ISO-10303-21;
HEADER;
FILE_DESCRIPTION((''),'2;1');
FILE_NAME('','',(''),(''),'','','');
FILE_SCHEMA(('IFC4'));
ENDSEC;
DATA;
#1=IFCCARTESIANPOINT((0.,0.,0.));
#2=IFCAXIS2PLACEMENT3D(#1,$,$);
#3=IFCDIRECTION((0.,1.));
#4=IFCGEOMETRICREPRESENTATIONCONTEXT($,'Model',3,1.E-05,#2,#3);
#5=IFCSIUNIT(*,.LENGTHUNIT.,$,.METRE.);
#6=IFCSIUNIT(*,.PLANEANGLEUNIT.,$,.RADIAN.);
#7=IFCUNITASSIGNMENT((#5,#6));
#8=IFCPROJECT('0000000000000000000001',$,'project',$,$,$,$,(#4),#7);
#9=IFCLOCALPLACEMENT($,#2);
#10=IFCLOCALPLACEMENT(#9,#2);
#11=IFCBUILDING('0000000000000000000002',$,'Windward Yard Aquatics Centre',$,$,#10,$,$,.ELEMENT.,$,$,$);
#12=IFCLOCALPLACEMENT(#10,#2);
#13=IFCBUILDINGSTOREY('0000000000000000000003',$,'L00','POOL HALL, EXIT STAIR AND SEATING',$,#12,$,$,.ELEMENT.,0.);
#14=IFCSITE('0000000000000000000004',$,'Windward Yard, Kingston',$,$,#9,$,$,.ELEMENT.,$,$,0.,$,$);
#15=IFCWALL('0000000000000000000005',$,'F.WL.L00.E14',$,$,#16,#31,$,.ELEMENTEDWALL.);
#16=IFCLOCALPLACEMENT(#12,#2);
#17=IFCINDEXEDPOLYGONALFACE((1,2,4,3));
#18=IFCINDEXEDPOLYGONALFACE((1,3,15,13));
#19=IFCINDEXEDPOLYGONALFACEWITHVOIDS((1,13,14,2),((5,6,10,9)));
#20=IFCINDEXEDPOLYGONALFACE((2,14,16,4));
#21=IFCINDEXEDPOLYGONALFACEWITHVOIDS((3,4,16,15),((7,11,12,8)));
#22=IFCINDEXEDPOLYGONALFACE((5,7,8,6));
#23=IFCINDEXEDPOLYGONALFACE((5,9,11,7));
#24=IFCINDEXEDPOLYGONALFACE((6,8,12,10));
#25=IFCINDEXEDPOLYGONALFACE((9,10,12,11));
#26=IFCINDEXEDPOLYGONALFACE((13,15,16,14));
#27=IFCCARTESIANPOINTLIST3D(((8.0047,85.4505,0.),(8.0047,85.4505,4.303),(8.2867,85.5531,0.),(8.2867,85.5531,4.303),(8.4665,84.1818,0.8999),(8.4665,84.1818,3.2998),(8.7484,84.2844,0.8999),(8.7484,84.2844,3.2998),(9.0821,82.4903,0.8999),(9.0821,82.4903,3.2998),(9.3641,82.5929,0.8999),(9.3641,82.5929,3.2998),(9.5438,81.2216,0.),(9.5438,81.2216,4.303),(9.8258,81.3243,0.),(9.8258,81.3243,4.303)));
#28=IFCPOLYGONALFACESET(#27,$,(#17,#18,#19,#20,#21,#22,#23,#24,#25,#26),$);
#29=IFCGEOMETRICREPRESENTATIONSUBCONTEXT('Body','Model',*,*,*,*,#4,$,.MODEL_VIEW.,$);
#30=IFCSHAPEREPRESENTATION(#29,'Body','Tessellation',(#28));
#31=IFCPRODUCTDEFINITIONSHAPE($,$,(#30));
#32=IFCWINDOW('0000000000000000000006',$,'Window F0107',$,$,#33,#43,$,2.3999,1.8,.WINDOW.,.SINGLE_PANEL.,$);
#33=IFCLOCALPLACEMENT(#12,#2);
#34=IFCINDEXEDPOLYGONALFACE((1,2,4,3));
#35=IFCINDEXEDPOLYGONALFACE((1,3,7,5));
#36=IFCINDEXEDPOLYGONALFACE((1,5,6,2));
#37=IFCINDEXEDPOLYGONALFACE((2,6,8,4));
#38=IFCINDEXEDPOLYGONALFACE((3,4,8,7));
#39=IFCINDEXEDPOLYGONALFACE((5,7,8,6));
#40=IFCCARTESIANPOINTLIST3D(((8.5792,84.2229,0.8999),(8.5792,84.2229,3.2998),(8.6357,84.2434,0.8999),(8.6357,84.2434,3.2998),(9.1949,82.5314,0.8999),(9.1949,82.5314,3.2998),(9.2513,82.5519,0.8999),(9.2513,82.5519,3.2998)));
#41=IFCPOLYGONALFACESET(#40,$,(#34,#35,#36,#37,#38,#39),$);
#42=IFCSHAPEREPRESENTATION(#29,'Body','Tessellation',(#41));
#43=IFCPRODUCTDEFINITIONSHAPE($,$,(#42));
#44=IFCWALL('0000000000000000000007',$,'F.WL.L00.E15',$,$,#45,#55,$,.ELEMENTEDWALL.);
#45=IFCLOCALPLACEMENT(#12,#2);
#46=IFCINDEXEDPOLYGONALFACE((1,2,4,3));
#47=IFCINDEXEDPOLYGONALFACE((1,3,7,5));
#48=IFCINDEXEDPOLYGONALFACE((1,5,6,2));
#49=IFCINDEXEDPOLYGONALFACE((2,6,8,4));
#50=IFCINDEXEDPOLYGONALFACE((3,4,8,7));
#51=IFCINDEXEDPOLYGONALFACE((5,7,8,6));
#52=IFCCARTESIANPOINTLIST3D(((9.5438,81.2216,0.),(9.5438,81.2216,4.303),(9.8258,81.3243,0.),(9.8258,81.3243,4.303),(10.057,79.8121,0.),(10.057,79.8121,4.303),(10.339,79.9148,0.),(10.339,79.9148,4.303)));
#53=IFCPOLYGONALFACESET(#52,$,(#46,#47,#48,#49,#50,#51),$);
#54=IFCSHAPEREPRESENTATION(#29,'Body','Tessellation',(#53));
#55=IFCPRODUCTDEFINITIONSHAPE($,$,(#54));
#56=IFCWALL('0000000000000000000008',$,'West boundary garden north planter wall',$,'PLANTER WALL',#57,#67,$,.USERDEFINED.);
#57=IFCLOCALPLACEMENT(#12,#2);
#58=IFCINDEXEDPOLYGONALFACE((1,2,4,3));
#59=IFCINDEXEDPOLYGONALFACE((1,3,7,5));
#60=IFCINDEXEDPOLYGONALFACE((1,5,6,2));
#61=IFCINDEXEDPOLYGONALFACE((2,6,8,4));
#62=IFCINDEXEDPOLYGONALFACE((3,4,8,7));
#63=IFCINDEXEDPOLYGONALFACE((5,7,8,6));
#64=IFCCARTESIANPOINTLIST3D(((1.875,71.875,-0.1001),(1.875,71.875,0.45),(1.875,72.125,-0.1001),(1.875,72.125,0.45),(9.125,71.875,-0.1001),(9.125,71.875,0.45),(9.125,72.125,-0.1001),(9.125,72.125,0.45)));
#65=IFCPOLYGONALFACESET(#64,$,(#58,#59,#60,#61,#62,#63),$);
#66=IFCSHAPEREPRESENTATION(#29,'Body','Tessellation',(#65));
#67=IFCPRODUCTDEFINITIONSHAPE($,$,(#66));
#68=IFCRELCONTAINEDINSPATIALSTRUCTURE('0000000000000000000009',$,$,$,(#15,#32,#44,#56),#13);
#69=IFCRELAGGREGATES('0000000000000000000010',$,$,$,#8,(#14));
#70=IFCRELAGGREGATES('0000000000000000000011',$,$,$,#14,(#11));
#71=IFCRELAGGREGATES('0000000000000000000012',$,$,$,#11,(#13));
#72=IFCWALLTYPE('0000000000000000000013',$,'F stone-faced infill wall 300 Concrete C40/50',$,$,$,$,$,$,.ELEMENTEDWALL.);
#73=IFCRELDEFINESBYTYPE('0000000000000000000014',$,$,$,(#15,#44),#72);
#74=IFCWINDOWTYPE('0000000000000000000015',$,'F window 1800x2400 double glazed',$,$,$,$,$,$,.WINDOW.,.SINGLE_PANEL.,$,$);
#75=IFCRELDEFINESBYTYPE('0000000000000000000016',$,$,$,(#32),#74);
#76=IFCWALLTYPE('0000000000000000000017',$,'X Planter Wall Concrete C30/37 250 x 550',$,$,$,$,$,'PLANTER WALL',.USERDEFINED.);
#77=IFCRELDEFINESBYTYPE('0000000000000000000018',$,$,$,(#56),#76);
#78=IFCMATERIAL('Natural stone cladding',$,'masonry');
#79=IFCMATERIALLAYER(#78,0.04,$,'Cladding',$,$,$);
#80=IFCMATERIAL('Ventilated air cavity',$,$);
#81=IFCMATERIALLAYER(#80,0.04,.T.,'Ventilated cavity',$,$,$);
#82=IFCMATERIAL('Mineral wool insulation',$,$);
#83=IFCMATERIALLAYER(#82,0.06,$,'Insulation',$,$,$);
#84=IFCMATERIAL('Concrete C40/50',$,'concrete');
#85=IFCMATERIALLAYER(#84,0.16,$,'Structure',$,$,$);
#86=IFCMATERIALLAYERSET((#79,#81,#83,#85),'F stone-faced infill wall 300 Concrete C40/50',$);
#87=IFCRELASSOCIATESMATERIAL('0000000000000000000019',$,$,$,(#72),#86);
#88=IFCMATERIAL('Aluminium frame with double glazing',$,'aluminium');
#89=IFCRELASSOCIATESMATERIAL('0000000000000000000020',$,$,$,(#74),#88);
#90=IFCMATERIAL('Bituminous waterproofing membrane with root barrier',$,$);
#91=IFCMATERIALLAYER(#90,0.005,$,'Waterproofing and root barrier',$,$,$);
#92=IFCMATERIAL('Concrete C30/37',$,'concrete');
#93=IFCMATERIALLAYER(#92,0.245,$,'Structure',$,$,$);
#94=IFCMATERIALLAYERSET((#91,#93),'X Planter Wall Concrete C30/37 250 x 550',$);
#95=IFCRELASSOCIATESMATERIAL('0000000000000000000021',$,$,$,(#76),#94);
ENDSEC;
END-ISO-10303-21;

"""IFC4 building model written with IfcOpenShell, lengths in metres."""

from ifc_helpers import new_model, si_unit, direction, frame, frame_2d, origin, place, context, subcontext, project, spatial, rectangle, extrude, material, layer, layer_set, type_object, element, fill, save


model = new_model("IFC4")

# Units and contexts
model_context = context("Model", 3, precision=1e-05, world=origin(), true_north=direction((0.0, 1.0)))
body_context = subcontext(model_context, "Body", "Model", "MODEL_VIEW")
ifc_project = project(units=[si_unit("LENGTHUNIT", "METRE"), si_unit("PLANEANGLEUNIT", "RADIAN")], contexts=[model_context])

# Site, building, storey
site_placement = place(None, origin())
site = spatial("IfcSite", under=ifc_project, at=site_placement, Name="Windward Yard, Kingston", CompositionType="ELEMENT", RefElevation=0.0)
building_placement = place(site_placement, origin())
building = spatial("IfcBuilding", under=site, at=building_placement, Name="Windward Yard Aquatics Centre", CompositionType="ELEMENT")
storey_placement = place(building_placement, origin())
storey = spatial("IfcBuildingStorey", under=building, at=storey_placement, Name="L00", Description="POOL HALL, EXIT STAIR AND SEATING", CompositionType="ELEMENT", Elevation=0.0)

# Shared definitions
ifc_material_1 = material(Name="Concrete C40/50", Category="concrete")

# Wall, opening, window
ifc_material_2 = material(Name="Natural stone cladding", Category="masonry")
ifc_layer_1 = layer(ifc_material_2, 0.04, Name="Cladding")
ifc_material_3 = material(Name="Ventilated air cavity")
ifc_layer_2 = layer(ifc_material_3, 0.04, ventilated=True, Name="Ventilated cavity")
ifc_material_4 = material(Name="Mineral wool insulation")
ifc_layer_3 = layer(ifc_material_4, 0.06, Name="Insulation")
ifc_layer_4 = layer(ifc_material_1, 0.16, Name="Structure")
ifc_layer_set_1 = layer_set([ifc_layer_1, ifc_layer_2, ifc_layer_3, ifc_layer_4], Name="F stone-faced infill wall 300 Concrete C40/50")
wall_type_1 = type_object("IfcWallType", Name="F stone-faced infill wall 300 Concrete C40/50", PredefinedType="ELEMENTEDWALL", material=ifc_layer_set_1)
ifc_material_5 = material(Name="Aluminium frame with double glazing", Category="aluminium")
window_type = type_object("IfcWindowType", Name="F window 1800x2400 double glazed", PartitioningType="SINGLE_PANEL", PredefinedType="WINDOW", material=ifc_material_5)
wall_1_placement = place(storey_placement, frame((8.1458, 85.5017, 0.0), z_axis=(0.0, 0.0, 1.0), x_axis=(0.342004, -0.939698, 0.0)))
wall_1 = element("IfcWall", 1, at=wall_1_placement, inside=storey, type_object=wall_type_1, Name="F.WL.L00.E14", PredefinedType="ELEMENTEDWALL", context=body_context, shape_type="SweptSolid", body=[
    extrude(rectangle(XDim=4.5002, YDim=0.3, at=frame_2d((2.25, 0.0))), origin(), (0.0, 0.0, 1.0), 4.303),
])
opening_1_placement = place(wall_1_placement, frame((1.3501, 0.0, 0.8999)))
opening_1 = element("IfcOpeningElement", 2, at=opening_1_placement, cuts=wall_1, PredefinedType="OPENING", context=body_context, shape_type="SweptSolid", body=[
    extrude(rectangle(XDim=1.8, YDim=2.3999, at=frame_2d((0.8999, 1.2))), frame((0.0, 0.1602, 0.0), z_axis=(0.0, -1.0, 0.0), x_axis=(1.0, 0.0, 0.0)), (0.0, 0.0, 1.0), 0.3201),
])
window_1_placement = place(opening_1_placement, origin())
window_1 = element("IfcWindow", 3, at=window_1_placement, inside=storey, type_object=window_type, Name="Window F0107", OverallHeight=2.3999, OverallWidth=1.8, PartitioningType="SINGLE_PANEL", PredefinedType="WINDOW", context=body_context, shape_type="SweptSolid", body=[
    extrude(rectangle(XDim=1.8, YDim=2.3999, at=frame_2d((0.8999, 1.2))), frame((0.0, 0.03, 0.0), z_axis=(0.0, -1.0, 0.0), x_axis=(1.0, 0.0, 0.0)), (0.0, 0.0, 1.0), 0.0601),
])
fill(opening_1, window_1)

# Walls
wall_2_placement = place(storey_placement, frame((9.6848, 81.2729, 0.0), z_axis=(0.0, 0.0, 1.0), x_axis=(0.342135, -0.939651, 0.0)))
element("IfcWall", 4, at=wall_2_placement, inside=storey, type_object=wall_type_1, Name="F.WL.L00.E15", PredefinedType="ELEMENTEDWALL", context=body_context, shape_type="SweptSolid", body=[
    extrude(rectangle(XDim=1.5, YDim=0.3, at=frame_2d((0.75, 0.0))), origin(), (0.0, 0.0, 1.0), 4.303),
])
ifc_material_6 = material(Name="Bituminous waterproofing membrane with root barrier")
ifc_layer_5 = layer(ifc_material_6, 0.005, Name="Waterproofing and root barrier")
ifc_material_7 = material(Name="Concrete C30/37", Category="concrete")
ifc_layer_6 = layer(ifc_material_7, 0.245, Name="Structure")
ifc_layer_set_2 = layer_set([ifc_layer_5, ifc_layer_6], Name="X Planter Wall Concrete C30/37 250 x 550")
wall_type_2 = type_object("IfcWallType", Name="X Planter Wall Concrete C30/37 250 x 550", ElementType="PLANTER WALL", PredefinedType="USERDEFINED", material=ifc_layer_set_2)
wall_3_placement = place(storey_placement, frame((1.875, 72.0, -0.1001), z_axis=(0.0, 0.0, 1.0), x_axis=(1.0, 0.0, 0.0)))
element("IfcWall", 5, at=wall_3_placement, inside=storey, type_object=wall_type_2, Name="West boundary garden north planter wall", ObjectType="PLANTER WALL", PredefinedType="USERDEFINED", context=body_context, shape_type="SweptSolid", body=[
    extrude(rectangle(XDim=7.25, YDim=0.25, at=frame_2d((3.625, 0.0))), origin(), (0.0, 0.0, 1.0), 0.55),
])

save(model, "model.ifc")
